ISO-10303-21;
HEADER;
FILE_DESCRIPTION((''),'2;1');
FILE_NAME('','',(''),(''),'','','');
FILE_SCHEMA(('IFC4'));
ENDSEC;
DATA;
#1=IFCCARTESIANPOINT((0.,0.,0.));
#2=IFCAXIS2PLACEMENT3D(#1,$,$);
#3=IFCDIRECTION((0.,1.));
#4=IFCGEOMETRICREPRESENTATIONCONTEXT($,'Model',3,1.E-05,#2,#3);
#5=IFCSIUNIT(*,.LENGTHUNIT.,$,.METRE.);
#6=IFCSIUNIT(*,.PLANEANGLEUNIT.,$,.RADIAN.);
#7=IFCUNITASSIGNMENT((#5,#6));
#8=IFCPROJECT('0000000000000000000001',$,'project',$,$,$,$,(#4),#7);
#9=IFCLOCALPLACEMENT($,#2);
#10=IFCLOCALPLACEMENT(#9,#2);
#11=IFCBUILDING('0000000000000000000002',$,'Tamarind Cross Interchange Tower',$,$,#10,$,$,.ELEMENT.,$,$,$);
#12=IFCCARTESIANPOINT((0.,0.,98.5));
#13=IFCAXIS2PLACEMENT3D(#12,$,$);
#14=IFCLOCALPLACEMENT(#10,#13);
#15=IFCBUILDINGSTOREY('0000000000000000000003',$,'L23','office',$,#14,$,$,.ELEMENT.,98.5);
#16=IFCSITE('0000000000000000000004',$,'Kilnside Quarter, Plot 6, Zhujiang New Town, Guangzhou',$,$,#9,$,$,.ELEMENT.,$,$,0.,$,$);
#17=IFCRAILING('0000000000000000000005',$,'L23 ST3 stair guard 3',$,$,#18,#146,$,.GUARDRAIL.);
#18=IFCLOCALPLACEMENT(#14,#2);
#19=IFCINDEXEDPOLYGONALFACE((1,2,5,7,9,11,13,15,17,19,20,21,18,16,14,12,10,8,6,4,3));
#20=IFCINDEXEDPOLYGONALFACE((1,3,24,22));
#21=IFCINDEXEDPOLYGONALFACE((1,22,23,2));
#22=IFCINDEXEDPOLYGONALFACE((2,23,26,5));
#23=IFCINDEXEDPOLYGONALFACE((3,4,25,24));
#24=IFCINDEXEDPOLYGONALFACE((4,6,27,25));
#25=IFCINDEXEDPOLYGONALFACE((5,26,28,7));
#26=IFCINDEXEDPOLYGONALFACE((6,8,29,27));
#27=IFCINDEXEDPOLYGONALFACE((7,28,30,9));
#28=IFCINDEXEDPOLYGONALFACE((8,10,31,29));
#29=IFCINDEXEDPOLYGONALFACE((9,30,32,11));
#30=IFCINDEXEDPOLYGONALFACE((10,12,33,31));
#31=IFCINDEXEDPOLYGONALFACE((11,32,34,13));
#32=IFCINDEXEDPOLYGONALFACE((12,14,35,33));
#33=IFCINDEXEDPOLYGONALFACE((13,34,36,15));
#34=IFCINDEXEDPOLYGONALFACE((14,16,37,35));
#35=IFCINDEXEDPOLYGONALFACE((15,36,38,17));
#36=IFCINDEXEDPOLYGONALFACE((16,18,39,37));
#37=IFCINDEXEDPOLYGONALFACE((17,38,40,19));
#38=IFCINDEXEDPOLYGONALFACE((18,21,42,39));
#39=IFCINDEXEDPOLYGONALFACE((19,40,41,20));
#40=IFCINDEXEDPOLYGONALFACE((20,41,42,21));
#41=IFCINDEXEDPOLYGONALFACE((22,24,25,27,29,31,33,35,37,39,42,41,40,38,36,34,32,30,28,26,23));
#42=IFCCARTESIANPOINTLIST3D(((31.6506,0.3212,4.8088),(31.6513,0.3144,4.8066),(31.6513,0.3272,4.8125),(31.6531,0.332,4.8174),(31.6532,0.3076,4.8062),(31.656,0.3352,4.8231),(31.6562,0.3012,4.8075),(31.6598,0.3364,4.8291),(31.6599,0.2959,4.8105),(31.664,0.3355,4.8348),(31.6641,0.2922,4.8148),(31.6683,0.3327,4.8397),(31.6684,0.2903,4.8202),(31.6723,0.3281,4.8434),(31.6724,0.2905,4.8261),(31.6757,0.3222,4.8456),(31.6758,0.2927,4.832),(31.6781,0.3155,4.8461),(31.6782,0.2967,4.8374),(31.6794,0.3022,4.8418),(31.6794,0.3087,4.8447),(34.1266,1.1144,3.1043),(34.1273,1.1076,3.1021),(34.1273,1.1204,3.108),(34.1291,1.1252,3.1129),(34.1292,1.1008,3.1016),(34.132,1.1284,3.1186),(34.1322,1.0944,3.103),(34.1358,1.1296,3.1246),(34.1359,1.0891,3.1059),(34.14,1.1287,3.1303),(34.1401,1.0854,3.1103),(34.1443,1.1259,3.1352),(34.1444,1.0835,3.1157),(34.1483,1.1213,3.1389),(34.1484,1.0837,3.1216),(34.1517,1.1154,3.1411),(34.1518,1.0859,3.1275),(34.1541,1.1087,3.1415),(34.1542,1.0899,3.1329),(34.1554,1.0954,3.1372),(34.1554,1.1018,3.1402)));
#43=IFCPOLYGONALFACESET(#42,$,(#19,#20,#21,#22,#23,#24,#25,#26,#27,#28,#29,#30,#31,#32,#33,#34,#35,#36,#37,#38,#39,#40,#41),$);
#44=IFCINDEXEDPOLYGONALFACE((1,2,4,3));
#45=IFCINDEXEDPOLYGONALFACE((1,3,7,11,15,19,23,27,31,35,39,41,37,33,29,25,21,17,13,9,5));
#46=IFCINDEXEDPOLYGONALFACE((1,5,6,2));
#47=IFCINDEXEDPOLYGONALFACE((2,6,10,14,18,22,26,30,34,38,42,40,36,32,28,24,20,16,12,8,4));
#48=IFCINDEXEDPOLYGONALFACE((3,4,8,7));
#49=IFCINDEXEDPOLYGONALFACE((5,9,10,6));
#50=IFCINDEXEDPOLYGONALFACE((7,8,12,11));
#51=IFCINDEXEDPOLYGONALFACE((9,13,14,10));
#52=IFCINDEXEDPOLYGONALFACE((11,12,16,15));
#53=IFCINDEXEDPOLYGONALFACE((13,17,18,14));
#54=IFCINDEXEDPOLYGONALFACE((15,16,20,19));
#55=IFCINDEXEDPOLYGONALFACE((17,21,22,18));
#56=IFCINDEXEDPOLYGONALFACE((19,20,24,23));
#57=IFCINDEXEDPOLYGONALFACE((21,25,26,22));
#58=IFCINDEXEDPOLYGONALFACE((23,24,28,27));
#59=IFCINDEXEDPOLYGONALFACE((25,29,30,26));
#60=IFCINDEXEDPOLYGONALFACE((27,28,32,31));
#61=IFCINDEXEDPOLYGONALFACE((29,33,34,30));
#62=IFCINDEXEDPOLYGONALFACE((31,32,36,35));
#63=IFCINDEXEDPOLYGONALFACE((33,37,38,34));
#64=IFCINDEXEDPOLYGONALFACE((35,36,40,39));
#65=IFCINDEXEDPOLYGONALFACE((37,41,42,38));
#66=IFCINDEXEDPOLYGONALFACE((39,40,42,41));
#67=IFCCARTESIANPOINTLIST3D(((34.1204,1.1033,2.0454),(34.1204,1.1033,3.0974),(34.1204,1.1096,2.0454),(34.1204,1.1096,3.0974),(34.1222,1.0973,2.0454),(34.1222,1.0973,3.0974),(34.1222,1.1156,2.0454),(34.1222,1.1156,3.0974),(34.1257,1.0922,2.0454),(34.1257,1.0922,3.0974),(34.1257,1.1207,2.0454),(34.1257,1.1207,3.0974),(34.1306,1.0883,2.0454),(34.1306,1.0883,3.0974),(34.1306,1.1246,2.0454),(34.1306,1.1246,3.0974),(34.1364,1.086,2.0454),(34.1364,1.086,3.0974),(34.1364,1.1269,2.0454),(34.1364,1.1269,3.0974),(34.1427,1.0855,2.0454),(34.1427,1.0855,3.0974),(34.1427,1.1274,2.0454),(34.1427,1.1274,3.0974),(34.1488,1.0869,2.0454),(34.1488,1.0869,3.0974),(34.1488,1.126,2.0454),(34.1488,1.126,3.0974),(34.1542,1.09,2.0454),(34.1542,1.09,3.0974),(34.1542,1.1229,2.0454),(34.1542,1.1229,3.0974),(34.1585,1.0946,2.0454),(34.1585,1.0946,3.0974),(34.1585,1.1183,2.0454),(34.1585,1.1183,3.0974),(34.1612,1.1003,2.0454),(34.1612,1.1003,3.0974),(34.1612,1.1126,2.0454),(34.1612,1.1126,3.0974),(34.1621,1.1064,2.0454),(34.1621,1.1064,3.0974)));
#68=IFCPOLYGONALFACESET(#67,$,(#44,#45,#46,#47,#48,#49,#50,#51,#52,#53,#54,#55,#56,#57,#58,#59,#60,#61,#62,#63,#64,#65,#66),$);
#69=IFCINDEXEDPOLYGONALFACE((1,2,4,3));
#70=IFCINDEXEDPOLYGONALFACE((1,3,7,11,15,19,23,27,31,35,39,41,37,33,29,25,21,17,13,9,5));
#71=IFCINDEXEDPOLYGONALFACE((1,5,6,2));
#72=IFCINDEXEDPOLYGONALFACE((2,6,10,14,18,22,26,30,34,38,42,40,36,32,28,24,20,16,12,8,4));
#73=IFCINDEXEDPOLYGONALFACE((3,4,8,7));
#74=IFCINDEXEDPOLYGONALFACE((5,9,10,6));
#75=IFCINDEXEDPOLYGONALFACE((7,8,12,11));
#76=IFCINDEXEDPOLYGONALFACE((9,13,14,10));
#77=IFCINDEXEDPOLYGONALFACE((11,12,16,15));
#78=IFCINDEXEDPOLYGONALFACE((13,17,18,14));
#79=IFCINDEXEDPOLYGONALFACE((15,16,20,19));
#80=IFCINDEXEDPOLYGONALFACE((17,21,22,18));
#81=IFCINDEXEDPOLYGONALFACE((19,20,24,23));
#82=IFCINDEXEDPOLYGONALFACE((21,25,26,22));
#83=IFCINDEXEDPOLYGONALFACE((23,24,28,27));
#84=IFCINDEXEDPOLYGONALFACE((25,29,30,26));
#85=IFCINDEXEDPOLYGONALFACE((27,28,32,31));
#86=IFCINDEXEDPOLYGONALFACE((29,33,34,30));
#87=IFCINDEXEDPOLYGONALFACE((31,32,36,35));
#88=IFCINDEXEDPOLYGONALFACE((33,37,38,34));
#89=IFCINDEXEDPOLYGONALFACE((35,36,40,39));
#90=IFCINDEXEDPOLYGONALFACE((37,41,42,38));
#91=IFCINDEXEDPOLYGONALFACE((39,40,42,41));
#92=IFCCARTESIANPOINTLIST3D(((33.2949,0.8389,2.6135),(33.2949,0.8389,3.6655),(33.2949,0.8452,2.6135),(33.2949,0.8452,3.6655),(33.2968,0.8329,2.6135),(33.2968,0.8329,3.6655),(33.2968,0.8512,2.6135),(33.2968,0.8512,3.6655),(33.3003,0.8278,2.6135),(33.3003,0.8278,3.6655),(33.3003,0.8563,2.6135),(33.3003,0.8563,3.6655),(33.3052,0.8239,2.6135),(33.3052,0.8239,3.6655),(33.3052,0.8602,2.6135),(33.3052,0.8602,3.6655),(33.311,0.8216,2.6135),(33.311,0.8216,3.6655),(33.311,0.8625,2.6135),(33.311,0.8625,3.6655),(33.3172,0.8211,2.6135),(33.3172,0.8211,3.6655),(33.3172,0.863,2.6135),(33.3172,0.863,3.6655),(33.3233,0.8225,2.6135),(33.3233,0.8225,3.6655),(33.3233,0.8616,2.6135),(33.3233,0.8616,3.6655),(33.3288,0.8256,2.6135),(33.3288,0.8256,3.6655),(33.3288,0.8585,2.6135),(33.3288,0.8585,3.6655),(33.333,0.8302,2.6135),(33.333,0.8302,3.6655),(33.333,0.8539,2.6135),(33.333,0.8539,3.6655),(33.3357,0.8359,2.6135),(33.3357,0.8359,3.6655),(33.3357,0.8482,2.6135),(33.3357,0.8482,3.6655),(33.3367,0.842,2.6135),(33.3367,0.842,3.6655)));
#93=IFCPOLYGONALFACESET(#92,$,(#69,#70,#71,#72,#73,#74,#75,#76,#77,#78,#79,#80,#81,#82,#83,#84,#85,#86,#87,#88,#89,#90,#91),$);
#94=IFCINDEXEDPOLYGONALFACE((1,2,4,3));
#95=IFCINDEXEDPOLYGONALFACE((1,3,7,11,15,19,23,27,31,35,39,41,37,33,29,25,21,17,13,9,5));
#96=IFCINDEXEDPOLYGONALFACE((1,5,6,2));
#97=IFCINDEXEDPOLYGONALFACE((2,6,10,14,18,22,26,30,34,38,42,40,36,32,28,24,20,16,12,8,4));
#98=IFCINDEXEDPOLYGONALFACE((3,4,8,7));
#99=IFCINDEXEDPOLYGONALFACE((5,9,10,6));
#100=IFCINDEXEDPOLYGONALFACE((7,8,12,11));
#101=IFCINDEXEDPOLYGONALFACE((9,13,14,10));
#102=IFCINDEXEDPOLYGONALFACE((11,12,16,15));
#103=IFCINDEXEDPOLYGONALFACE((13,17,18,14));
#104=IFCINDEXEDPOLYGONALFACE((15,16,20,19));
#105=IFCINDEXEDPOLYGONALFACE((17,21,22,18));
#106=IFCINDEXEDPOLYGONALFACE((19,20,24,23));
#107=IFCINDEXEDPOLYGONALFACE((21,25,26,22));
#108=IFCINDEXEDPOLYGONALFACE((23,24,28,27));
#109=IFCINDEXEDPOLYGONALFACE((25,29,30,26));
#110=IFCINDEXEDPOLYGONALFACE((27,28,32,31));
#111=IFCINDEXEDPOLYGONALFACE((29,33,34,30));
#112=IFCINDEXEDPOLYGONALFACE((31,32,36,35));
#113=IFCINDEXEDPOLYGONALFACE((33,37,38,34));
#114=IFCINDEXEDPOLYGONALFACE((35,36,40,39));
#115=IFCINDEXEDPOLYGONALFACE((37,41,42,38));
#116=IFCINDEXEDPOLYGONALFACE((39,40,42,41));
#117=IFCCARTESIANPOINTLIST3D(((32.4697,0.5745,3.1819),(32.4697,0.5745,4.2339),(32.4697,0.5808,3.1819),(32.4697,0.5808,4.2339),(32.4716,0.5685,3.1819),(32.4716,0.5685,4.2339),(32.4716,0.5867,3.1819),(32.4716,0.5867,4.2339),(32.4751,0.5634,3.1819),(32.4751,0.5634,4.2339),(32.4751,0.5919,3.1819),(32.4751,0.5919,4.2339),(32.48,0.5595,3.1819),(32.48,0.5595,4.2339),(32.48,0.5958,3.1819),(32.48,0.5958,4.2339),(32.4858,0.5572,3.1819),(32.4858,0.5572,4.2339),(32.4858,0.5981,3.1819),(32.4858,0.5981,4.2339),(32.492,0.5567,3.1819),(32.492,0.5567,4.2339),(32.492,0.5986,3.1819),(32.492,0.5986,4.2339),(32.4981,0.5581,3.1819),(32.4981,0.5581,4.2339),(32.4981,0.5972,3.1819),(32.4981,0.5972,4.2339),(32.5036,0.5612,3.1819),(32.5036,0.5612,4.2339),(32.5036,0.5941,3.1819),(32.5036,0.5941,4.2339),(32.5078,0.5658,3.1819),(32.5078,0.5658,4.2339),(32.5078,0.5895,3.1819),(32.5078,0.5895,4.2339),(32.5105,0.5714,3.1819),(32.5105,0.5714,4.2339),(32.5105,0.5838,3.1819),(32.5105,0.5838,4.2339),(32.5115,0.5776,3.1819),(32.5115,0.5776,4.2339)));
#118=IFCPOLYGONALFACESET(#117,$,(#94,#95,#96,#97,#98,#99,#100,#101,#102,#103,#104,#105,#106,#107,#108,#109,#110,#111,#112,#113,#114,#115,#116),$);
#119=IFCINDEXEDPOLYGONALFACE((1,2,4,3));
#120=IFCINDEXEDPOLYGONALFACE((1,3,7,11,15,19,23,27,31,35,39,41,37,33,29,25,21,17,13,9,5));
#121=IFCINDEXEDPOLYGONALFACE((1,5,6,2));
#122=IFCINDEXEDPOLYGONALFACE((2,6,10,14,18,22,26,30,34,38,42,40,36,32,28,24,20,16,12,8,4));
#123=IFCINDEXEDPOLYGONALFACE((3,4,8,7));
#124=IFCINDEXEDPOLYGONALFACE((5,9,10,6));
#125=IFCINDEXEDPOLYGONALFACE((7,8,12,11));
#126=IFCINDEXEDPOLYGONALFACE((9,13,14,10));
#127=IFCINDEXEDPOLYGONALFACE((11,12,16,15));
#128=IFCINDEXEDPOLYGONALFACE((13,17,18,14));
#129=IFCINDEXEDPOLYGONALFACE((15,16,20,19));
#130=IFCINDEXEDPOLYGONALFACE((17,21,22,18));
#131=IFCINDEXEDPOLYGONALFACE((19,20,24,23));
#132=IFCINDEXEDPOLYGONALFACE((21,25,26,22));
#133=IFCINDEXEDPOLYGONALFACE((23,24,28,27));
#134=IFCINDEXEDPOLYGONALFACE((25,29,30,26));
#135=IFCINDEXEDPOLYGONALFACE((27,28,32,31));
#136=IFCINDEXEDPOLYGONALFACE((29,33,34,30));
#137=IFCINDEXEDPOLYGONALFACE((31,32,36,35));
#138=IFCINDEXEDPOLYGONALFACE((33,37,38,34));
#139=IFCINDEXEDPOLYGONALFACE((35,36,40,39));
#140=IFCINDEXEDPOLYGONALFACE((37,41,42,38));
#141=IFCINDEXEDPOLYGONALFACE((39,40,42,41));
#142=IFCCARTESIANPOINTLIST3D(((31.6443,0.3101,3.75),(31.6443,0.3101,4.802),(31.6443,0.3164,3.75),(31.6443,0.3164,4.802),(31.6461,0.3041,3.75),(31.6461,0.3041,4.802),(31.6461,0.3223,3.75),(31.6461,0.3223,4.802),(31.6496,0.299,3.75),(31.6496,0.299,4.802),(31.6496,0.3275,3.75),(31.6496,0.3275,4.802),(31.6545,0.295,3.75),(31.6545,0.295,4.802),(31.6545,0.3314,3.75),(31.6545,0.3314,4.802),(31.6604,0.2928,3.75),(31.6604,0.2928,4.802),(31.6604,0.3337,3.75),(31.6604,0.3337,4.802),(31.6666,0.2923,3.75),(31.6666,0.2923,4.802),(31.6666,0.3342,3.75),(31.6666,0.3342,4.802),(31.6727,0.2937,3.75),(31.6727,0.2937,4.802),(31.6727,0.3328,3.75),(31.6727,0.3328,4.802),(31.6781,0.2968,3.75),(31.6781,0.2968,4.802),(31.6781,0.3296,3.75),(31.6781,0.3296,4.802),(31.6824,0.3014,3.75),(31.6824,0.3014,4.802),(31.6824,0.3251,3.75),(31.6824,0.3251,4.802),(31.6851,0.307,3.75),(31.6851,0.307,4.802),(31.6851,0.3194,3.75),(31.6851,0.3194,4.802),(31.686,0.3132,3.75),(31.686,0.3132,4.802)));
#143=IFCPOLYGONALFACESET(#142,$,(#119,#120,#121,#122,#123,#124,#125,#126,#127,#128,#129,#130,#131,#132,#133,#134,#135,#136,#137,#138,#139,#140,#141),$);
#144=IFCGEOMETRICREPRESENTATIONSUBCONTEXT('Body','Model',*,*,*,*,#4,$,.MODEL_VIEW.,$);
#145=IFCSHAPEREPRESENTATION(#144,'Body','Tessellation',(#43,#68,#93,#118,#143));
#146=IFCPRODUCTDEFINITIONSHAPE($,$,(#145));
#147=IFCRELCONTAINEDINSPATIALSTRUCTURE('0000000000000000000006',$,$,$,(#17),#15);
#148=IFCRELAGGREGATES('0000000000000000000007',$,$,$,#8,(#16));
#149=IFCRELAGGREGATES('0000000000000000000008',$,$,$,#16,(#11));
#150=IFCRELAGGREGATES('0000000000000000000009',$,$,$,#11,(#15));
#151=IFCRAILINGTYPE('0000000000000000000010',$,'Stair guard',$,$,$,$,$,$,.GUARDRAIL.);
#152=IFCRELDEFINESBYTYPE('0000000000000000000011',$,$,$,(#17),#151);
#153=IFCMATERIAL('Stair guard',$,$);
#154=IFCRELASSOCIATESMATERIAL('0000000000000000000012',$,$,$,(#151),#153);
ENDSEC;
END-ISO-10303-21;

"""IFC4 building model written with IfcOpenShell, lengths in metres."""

from ifc_helpers import new_model, si_unit, direction, frame, origin, origin_2d, place, context, subcontext, project, spatial, circle, extrude, material, type_object, element, save


model = new_model("IFC4")

# Units and contexts
model_context = context("Model", 3, precision=1e-05, world=origin(), true_north=direction((0.0, 1.0)))
body_context = subcontext(model_context, "Body", "Model", "MODEL_VIEW")
ifc_project = project(units=[si_unit("LENGTHUNIT", "METRE"), si_unit("PLANEANGLEUNIT", "RADIAN")], contexts=[model_context])

# Site, building, storey
site_placement = place(None, origin())
site = spatial("IfcSite", under=ifc_project, at=site_placement, Name="Kilnside Quarter, Plot 6, Zhujiang New Town, Guangzhou", CompositionType="ELEMENT", RefElevation=0.0)
building_placement = place(site_placement, origin())
building = spatial("IfcBuilding", under=site, at=building_placement, Name="Tamarind Cross Interchange Tower", CompositionType="ELEMENT")
storey_placement = place(building_placement, frame((0.0, 0.0, 98.5)))
storey = spatial("IfcBuildingStorey", under=building, at=storey_placement, Name="L23", Description="office", CompositionType="ELEMENT", Elevation=98.5)

# Railing
ifc_material_1 = material(Name="Stair guard")
railing_type_1 = type_object("IfcRailingType", Name="Stair guard", PredefinedType="GUARDRAIL", material=ifc_material_1)
railing_1_placement = place(storey_placement, frame((34.1411, 1.1064, 2.0454)))
element("IfcRailing", 1, at=railing_1_placement, inside=storey, type_object=railing_type_1, Name="L23 ST3 stair guard 3", PredefinedType="GUARDRAIL", context=body_context, shape_type="SweptSolid", body=[
    extrude(circle(Radius=0.0239, at=origin_2d()), frame((0.0, 0.0, 1.0762), z_axis=(-0.796427, -0.255136, 0.548279), x_axis=(0.305079, -0.952327, 0.0)), (0.0, 0.0, 1.0), 3.1089),
    extrude(circle(Radius=0.021, at=origin_2d()), origin(), (0.0, 0.0, 1.0), 1.052),
    extrude(circle(Radius=0.021, at=origin_2d()), frame((-0.8254, -0.2644, 0.5681)), (0.0, 0.0, 1.0), 1.052),
    extrude(circle(Radius=0.021, at=origin_2d()), frame((-1.6506, -0.5288, 1.1365)), (0.0, 0.0, 1.0), 1.052),
    extrude(circle(Radius=0.021, at=origin_2d()), frame((-2.4761, -0.7932, 1.7046)), (0.0, 0.0, 1.0), 1.052),
])

save(model, "model.ifc")
